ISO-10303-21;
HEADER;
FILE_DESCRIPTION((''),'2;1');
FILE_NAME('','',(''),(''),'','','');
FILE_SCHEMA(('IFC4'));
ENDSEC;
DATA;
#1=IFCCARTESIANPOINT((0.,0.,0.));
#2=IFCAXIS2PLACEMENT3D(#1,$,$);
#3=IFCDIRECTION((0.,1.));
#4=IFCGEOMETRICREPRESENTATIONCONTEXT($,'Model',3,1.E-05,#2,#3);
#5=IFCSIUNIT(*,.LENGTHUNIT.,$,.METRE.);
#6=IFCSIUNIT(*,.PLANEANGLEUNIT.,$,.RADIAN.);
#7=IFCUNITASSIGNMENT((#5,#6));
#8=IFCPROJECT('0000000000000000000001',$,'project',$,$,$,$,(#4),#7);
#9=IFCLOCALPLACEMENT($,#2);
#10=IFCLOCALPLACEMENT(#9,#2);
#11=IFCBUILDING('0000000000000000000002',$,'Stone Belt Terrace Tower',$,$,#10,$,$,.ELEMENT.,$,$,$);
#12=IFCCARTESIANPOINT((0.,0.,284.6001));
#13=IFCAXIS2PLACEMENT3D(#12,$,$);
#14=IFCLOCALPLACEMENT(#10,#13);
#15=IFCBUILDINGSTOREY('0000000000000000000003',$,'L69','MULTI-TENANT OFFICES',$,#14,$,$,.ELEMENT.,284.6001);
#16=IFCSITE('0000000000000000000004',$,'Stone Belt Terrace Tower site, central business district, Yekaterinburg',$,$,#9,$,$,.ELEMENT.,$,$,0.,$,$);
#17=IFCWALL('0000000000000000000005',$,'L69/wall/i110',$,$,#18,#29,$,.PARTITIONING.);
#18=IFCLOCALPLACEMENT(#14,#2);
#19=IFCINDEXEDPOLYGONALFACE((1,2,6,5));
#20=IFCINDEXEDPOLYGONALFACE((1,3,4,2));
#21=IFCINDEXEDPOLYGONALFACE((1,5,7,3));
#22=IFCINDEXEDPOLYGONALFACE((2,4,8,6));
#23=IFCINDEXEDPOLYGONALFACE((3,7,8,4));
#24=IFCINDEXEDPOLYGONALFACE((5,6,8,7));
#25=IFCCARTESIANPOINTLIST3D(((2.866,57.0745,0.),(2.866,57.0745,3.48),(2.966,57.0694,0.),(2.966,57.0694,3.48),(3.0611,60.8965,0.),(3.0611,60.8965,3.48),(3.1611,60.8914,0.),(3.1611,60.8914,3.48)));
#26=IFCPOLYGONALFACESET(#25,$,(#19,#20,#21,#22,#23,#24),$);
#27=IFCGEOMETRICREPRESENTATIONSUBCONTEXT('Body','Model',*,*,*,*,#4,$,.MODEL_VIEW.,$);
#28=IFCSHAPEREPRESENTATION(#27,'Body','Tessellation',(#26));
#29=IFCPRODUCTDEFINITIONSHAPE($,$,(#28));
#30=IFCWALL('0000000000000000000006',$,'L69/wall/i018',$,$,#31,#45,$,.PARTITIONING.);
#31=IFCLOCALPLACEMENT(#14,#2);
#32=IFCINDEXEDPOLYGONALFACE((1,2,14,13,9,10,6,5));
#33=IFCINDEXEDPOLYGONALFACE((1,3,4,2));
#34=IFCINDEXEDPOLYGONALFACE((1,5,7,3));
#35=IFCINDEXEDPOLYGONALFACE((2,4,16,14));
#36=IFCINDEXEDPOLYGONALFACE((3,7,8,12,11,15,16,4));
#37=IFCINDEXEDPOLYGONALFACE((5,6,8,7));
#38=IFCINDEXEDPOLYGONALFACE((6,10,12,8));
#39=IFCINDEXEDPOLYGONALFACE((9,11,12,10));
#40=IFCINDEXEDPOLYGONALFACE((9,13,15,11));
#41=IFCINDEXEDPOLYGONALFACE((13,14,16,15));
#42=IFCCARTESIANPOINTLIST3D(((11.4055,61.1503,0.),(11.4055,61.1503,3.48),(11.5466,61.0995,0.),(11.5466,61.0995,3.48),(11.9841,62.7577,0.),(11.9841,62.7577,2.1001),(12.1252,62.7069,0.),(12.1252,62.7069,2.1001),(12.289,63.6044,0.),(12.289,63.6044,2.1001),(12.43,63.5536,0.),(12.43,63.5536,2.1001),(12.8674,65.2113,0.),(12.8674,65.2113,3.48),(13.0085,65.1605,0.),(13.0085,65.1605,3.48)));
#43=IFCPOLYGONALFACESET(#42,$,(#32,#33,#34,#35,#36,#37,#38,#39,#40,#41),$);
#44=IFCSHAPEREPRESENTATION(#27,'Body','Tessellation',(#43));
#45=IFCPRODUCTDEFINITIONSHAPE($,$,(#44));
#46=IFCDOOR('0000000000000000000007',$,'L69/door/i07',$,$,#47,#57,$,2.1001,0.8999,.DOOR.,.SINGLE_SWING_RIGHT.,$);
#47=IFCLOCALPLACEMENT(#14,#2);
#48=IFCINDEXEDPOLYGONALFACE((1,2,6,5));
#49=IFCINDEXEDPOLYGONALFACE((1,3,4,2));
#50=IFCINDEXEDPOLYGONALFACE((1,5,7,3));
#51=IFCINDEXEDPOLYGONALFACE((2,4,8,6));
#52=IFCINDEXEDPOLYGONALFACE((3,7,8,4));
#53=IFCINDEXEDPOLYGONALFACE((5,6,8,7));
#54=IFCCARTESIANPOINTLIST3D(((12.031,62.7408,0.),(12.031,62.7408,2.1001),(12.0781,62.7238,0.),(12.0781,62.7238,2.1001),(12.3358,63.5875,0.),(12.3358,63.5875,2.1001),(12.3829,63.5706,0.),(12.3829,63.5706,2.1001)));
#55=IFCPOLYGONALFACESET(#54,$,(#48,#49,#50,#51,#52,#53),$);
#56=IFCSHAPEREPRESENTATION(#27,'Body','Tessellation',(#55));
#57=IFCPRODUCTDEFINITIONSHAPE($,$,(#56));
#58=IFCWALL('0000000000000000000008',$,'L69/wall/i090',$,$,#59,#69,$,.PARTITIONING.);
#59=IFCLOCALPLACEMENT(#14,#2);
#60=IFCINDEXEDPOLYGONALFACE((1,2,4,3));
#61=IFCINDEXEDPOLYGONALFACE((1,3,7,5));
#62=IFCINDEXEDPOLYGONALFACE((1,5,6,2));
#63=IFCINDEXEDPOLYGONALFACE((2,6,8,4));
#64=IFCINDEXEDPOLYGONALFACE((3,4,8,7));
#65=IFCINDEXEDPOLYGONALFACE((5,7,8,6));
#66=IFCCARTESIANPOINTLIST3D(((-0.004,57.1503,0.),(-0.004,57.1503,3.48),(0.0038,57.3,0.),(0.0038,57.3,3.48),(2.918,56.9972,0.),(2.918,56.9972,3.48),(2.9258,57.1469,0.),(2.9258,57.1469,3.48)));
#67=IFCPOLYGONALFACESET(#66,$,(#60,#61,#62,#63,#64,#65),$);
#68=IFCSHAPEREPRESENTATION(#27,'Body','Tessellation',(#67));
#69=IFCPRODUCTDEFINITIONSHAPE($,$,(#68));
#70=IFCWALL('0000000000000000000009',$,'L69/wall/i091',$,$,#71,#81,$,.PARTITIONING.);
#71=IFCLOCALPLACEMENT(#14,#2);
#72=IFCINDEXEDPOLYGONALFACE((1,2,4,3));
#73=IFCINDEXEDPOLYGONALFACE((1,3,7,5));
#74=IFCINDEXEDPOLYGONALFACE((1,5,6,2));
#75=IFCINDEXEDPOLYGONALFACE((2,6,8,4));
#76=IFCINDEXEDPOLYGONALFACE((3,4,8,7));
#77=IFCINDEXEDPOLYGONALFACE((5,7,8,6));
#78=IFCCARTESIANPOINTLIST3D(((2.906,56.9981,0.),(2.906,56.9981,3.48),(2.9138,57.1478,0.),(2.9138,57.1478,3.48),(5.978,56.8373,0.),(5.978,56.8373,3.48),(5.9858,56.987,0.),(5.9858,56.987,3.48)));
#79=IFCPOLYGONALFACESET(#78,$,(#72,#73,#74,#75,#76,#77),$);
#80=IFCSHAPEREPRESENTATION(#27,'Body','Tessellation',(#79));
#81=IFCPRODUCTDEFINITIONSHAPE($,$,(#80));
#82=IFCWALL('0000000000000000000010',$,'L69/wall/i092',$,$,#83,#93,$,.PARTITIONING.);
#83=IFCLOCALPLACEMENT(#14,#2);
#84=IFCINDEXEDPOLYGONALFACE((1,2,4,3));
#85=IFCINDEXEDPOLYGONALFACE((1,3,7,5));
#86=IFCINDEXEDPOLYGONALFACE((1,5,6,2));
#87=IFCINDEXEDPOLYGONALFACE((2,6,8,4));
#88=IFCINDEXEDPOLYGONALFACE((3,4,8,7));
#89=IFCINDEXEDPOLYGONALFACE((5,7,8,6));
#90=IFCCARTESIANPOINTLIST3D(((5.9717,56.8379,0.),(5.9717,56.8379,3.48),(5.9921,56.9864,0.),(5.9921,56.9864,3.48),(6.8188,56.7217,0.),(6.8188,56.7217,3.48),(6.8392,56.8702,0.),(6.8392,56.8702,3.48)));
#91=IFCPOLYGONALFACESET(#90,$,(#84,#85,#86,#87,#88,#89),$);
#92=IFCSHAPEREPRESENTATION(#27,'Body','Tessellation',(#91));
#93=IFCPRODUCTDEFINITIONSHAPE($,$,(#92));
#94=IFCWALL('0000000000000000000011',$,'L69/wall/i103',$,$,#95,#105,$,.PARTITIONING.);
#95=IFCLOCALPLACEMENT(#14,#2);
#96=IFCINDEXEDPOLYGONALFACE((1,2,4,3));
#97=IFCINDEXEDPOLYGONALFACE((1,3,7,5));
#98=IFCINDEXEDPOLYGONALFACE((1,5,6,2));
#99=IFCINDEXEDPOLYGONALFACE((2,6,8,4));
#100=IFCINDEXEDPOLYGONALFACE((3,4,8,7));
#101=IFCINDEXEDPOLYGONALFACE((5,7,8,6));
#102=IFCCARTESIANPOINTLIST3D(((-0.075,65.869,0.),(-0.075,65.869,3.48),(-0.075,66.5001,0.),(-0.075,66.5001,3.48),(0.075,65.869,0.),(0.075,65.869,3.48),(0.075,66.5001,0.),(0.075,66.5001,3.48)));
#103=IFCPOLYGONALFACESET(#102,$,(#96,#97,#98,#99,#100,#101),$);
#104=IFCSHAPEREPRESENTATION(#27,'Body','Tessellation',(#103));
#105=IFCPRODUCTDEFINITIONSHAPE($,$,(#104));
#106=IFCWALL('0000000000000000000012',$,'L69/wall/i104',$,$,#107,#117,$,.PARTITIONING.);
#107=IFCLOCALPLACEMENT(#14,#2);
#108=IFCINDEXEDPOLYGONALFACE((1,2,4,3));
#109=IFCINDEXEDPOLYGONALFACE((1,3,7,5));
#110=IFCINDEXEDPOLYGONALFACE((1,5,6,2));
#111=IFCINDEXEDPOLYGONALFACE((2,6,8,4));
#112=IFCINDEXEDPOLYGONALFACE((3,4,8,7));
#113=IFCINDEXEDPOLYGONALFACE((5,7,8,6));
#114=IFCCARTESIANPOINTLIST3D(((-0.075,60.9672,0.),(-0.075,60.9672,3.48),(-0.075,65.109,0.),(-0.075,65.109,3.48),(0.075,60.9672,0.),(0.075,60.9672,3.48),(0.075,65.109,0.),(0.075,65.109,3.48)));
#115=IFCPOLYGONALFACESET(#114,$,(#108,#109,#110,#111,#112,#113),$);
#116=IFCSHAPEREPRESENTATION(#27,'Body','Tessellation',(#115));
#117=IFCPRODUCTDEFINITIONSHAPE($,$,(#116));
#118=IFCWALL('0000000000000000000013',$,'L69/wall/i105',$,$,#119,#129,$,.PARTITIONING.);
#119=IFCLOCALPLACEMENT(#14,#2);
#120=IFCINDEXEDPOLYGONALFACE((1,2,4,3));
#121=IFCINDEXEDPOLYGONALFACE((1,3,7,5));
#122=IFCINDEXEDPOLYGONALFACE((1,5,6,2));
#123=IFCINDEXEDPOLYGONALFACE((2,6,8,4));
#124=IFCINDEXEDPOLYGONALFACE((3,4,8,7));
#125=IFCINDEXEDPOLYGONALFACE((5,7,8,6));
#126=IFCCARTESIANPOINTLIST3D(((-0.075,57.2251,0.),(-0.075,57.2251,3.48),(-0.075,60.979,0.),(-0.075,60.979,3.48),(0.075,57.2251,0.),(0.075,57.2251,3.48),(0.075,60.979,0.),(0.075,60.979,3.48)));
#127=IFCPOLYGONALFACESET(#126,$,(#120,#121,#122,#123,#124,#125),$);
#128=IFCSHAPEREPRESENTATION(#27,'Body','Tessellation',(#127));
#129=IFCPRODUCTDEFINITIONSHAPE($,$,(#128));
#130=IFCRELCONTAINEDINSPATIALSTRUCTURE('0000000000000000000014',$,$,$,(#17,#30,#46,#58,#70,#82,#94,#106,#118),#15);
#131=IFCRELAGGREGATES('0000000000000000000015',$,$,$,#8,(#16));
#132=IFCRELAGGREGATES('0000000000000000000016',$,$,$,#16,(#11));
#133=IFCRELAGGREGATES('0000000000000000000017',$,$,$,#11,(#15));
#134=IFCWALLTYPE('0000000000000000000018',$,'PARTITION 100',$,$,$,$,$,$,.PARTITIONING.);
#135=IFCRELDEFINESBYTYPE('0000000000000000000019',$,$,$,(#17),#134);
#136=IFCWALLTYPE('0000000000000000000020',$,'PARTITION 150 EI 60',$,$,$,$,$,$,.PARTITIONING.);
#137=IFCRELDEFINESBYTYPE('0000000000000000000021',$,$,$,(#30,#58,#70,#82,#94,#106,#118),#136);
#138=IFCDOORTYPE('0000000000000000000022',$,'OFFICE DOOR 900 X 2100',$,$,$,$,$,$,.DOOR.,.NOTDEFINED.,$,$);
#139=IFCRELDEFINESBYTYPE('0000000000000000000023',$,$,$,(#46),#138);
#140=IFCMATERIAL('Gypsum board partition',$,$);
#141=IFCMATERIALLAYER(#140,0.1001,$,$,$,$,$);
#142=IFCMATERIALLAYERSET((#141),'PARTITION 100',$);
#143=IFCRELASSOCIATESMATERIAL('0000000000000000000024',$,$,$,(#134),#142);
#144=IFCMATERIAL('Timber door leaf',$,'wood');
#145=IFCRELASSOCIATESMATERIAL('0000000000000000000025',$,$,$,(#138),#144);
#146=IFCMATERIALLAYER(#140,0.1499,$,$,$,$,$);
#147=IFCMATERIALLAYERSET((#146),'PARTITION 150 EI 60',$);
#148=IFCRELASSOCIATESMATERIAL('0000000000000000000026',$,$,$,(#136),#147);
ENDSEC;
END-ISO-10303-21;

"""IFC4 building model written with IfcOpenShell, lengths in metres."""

from ifc_helpers import new_model, si_unit, direction, frame, frame_2d, origin, place, context, subcontext, project, spatial, rectangle, extrude, material, layer, layer_set, type_object, element, fill, save


model = new_model("IFC4")

# Units and contexts
model_context = context("Model", 3, precision=1e-05, world=origin(), true_north=direction((0.0, 1.0)))
body_context = subcontext(model_context, "Body", "Model", "MODEL_VIEW")
ifc_project = project(units=[si_unit("LENGTHUNIT", "METRE"), si_unit("PLANEANGLEUNIT", "RADIAN")], contexts=[model_context])

# Site, building, storey
site_placement = place(None, origin())
site = spatial("IfcSite", under=ifc_project, at=site_placement, Name="Stone Belt Terrace Tower site, central business district, Yekaterinburg", CompositionType="ELEMENT", RefElevation=0.0)
building_placement = place(site_placement, origin())
building = spatial("IfcBuilding", under=site, at=building_placement, Name="Stone Belt Terrace Tower", CompositionType="ELEMENT")
storey_placement = place(building_placement, frame((0.0, 0.0, 284.6001)))
storey = spatial("IfcBuildingStorey", under=building, at=storey_placement, Name="L69", Description="MULTI-TENANT OFFICES", CompositionType="ELEMENT", Elevation=284.6001)

# Shared definitions
ifc_material_1 = material(Name="Gypsum board partition")
ifc_layer_1 = layer(ifc_material_1, 0.1001)
ifc_layer_set_1 = layer_set([ifc_layer_1], Name="PARTITION 100")
wall_type_1 = type_object("IfcWallType", Name="PARTITION 100", PredefinedType="PARTITIONING", material=ifc_layer_set_1)
ifc_material_2 = material(Name="Timber door leaf", Category="wood")
door_type = type_object("IfcDoorType", Name="OFFICE DOOR 900 X 2100", OperationType="NOTDEFINED", PredefinedType="DOOR", material=ifc_material_2)

# Wall
wall_1_placement = place(storey_placement, frame((3.1111, 60.894, 0.0), z_axis=(0.0, 0.0, 1.0), x_axis=(-0.050972, -0.9987, 0.0)))
element("IfcWall", 1, at=wall_1_placement, inside=storey, type_object=wall_type_1, Name="L69/wall/i110", PredefinedType="PARTITIONING", context=body_context, shape_type="SweptSolid", body=[
    extrude(rectangle(XDim=3.8269, YDim=0.1001, at=frame_2d((1.9136, 0.0))), origin(), (0.0, 0.0, 1.0), 3.48),
])

# Wall, opening, door
ifc_layer_2 = layer(ifc_material_1, 0.1499)
ifc_layer_set_2 = layer_set([ifc_layer_2], Name="PARTITION 150 EI 60")
wall_type_2 = type_object("IfcWallType", Name="PARTITION 150 EI 60", PredefinedType="PARTITIONING", material=ifc_layer_set_2)
wall_2_placement = place(storey_placement, frame((12.938, 65.186, 0.0), z_axis=(0.0, 0.0, 1.0), x_axis=(-0.338707, -0.940892, 0.0)))
wall_2 = element("IfcWall", 2, at=wall_2_placement, inside=storey, type_object=wall_type_2, Name="L69/wall/i018", PredefinedType="PARTITIONING", context=body_context, shape_type="SweptSolid", body=[
    extrude(rectangle(XDim=4.3162, YDim=0.1499, at=frame_2d((2.1582, 0.0))), origin(), (0.0, 0.0, 1.0), 3.48),
])
opening_1_placement = place(wall_2_placement, frame((1.708, 0.0, 0.0)))
opening_1 = element("IfcOpeningElement", 3, at=opening_1_placement, cuts=wall_2, PredefinedType="OPENING", context=body_context, shape_type="SweptSolid", body=[
    extrude(rectangle(XDim=0.8999, YDim=2.1001, at=frame_2d((0.45, 1.05))), frame((0.0, 0.085, 0.0), z_axis=(0.0, -1.0, 0.0), x_axis=(1.0, 0.0, 0.0)), (0.0, 0.0, 1.0), 0.1699),
])
door_1_placement = place(opening_1_placement, origin())
door_1 = element("IfcDoor", 4, at=door_1_placement, inside=storey, type_object=door_type, Name="L69/door/i07", OperationType="SINGLE_SWING_RIGHT", OverallHeight=2.1001, OverallWidth=0.8999, PredefinedType="DOOR", context=body_context, shape_type="SweptSolid", body=[
    extrude(rectangle(XDim=0.8999, YDim=2.1001, at=frame_2d((0.45, 1.05))), frame((0.0, 0.0249, 0.0), z_axis=(0.0, -1.0, 0.0), x_axis=(1.0, 0.0, 0.0)), (0.0, 0.0, 1.0), 0.05),
])
fill(opening_1, door_1)

# Walls
wall_3_placement = place(storey_placement, frame((0.0, 57.2251, 0.0), z_axis=(0.0, 0.0, 1.0), x_axis=(0.998631, -0.052314, 0.0)))
element("IfcWall", 5, at=wall_3_placement, inside=storey, type_object=wall_type_2, Name="L69/wall/i090", PredefinedType="PARTITIONING", context=body_context, shape_type="SweptSolid", body=[
    extrude(rectangle(XDim=2.926, YDim=0.1499, at=frame_2d((1.4629, 0.0))), origin(), (0.0, 0.0, 1.0), 3.48),
])
wall_4_placement = place(storey_placement, frame((2.9099, 57.073, 0.0), z_axis=(0.0, 0.0, 1.0), x_axis=(0.998631, -0.052301, 0.0)))
element("IfcWall", 6, at=wall_4_placement, inside=storey, type_object=wall_type_2, Name="L69/wall/i091", PredefinedType="PARTITIONING", context=body_context, shape_type="SweptSolid", body=[
    extrude(rectangle(XDim=3.0762, YDim=0.1499, at=frame_2d((1.5381, 0.0))), origin(), (0.0, 0.0, 1.0), 3.48),
])
wall_5_placement = place(storey_placement, frame((5.9819, 56.9121, 0.0), z_axis=(0.0, 0.0, 1.0), x_axis=(0.990722, -0.135903, 0.0)))
element("IfcWall", 7, at=wall_5_placement, inside=storey, type_object=wall_type_2, Name="L69/wall/i092", PredefinedType="PARTITIONING", context=body_context, shape_type="SweptSolid", body=[
    extrude(rectangle(XDim=0.855, YDim=0.1499, at=frame_2d((0.4275, 0.0))), origin(), (0.0, 0.0, 1.0), 3.48),
])
wall_6_placement = place(storey_placement, frame((0.0, 66.5, 0.0), z_axis=(0.0, 0.0, 1.0), x_axis=(0.0, -1.0, 0.0)))
element("IfcWall", 8, at=wall_6_placement, inside=storey, type_object=wall_type_2, Name="L69/wall/i103", PredefinedType="PARTITIONING", context=body_context, shape_type="SweptSolid", body=[
    extrude(rectangle(XDim=0.6311, YDim=0.1499, at=frame_2d((0.3154, 0.0))), origin(), (0.0, 0.0, 1.0), 3.48),
])
wall_7_placement = place(storey_placement, frame((0.0, 65.1089, 0.0), z_axis=(0.0, 0.0, 1.0), x_axis=(0.0, -1.0, 0.0)))
element("IfcWall", 9, at=wall_7_placement, inside=storey, type_object=wall_type_2, Name="L69/wall/i104", PredefinedType="PARTITIONING", context=body_context, shape_type="SweptSolid", body=[
    extrude(rectangle(XDim=4.1418, YDim=0.1499, at=frame_2d((2.0708, 0.0))), origin(), (0.0, 0.0, 1.0), 3.48),
])
wall_8_placement = place(storey_placement, frame((0.0, 60.979, 0.0), z_axis=(0.0, 0.0, 1.0), x_axis=(0.0, -1.0, 0.0)))
element("IfcWall", 10, at=wall_8_placement, inside=storey, type_object=wall_type_2, Name="L69/wall/i105", PredefinedType="PARTITIONING", context=body_context, shape_type="SweptSolid", body=[
    extrude(rectangle(XDim=3.7539, YDim=0.1499, at=frame_2d((1.877, 0.0))), origin(), (0.0, 0.0, 1.0), 3.48),
])

save(model, "model.ifc")
